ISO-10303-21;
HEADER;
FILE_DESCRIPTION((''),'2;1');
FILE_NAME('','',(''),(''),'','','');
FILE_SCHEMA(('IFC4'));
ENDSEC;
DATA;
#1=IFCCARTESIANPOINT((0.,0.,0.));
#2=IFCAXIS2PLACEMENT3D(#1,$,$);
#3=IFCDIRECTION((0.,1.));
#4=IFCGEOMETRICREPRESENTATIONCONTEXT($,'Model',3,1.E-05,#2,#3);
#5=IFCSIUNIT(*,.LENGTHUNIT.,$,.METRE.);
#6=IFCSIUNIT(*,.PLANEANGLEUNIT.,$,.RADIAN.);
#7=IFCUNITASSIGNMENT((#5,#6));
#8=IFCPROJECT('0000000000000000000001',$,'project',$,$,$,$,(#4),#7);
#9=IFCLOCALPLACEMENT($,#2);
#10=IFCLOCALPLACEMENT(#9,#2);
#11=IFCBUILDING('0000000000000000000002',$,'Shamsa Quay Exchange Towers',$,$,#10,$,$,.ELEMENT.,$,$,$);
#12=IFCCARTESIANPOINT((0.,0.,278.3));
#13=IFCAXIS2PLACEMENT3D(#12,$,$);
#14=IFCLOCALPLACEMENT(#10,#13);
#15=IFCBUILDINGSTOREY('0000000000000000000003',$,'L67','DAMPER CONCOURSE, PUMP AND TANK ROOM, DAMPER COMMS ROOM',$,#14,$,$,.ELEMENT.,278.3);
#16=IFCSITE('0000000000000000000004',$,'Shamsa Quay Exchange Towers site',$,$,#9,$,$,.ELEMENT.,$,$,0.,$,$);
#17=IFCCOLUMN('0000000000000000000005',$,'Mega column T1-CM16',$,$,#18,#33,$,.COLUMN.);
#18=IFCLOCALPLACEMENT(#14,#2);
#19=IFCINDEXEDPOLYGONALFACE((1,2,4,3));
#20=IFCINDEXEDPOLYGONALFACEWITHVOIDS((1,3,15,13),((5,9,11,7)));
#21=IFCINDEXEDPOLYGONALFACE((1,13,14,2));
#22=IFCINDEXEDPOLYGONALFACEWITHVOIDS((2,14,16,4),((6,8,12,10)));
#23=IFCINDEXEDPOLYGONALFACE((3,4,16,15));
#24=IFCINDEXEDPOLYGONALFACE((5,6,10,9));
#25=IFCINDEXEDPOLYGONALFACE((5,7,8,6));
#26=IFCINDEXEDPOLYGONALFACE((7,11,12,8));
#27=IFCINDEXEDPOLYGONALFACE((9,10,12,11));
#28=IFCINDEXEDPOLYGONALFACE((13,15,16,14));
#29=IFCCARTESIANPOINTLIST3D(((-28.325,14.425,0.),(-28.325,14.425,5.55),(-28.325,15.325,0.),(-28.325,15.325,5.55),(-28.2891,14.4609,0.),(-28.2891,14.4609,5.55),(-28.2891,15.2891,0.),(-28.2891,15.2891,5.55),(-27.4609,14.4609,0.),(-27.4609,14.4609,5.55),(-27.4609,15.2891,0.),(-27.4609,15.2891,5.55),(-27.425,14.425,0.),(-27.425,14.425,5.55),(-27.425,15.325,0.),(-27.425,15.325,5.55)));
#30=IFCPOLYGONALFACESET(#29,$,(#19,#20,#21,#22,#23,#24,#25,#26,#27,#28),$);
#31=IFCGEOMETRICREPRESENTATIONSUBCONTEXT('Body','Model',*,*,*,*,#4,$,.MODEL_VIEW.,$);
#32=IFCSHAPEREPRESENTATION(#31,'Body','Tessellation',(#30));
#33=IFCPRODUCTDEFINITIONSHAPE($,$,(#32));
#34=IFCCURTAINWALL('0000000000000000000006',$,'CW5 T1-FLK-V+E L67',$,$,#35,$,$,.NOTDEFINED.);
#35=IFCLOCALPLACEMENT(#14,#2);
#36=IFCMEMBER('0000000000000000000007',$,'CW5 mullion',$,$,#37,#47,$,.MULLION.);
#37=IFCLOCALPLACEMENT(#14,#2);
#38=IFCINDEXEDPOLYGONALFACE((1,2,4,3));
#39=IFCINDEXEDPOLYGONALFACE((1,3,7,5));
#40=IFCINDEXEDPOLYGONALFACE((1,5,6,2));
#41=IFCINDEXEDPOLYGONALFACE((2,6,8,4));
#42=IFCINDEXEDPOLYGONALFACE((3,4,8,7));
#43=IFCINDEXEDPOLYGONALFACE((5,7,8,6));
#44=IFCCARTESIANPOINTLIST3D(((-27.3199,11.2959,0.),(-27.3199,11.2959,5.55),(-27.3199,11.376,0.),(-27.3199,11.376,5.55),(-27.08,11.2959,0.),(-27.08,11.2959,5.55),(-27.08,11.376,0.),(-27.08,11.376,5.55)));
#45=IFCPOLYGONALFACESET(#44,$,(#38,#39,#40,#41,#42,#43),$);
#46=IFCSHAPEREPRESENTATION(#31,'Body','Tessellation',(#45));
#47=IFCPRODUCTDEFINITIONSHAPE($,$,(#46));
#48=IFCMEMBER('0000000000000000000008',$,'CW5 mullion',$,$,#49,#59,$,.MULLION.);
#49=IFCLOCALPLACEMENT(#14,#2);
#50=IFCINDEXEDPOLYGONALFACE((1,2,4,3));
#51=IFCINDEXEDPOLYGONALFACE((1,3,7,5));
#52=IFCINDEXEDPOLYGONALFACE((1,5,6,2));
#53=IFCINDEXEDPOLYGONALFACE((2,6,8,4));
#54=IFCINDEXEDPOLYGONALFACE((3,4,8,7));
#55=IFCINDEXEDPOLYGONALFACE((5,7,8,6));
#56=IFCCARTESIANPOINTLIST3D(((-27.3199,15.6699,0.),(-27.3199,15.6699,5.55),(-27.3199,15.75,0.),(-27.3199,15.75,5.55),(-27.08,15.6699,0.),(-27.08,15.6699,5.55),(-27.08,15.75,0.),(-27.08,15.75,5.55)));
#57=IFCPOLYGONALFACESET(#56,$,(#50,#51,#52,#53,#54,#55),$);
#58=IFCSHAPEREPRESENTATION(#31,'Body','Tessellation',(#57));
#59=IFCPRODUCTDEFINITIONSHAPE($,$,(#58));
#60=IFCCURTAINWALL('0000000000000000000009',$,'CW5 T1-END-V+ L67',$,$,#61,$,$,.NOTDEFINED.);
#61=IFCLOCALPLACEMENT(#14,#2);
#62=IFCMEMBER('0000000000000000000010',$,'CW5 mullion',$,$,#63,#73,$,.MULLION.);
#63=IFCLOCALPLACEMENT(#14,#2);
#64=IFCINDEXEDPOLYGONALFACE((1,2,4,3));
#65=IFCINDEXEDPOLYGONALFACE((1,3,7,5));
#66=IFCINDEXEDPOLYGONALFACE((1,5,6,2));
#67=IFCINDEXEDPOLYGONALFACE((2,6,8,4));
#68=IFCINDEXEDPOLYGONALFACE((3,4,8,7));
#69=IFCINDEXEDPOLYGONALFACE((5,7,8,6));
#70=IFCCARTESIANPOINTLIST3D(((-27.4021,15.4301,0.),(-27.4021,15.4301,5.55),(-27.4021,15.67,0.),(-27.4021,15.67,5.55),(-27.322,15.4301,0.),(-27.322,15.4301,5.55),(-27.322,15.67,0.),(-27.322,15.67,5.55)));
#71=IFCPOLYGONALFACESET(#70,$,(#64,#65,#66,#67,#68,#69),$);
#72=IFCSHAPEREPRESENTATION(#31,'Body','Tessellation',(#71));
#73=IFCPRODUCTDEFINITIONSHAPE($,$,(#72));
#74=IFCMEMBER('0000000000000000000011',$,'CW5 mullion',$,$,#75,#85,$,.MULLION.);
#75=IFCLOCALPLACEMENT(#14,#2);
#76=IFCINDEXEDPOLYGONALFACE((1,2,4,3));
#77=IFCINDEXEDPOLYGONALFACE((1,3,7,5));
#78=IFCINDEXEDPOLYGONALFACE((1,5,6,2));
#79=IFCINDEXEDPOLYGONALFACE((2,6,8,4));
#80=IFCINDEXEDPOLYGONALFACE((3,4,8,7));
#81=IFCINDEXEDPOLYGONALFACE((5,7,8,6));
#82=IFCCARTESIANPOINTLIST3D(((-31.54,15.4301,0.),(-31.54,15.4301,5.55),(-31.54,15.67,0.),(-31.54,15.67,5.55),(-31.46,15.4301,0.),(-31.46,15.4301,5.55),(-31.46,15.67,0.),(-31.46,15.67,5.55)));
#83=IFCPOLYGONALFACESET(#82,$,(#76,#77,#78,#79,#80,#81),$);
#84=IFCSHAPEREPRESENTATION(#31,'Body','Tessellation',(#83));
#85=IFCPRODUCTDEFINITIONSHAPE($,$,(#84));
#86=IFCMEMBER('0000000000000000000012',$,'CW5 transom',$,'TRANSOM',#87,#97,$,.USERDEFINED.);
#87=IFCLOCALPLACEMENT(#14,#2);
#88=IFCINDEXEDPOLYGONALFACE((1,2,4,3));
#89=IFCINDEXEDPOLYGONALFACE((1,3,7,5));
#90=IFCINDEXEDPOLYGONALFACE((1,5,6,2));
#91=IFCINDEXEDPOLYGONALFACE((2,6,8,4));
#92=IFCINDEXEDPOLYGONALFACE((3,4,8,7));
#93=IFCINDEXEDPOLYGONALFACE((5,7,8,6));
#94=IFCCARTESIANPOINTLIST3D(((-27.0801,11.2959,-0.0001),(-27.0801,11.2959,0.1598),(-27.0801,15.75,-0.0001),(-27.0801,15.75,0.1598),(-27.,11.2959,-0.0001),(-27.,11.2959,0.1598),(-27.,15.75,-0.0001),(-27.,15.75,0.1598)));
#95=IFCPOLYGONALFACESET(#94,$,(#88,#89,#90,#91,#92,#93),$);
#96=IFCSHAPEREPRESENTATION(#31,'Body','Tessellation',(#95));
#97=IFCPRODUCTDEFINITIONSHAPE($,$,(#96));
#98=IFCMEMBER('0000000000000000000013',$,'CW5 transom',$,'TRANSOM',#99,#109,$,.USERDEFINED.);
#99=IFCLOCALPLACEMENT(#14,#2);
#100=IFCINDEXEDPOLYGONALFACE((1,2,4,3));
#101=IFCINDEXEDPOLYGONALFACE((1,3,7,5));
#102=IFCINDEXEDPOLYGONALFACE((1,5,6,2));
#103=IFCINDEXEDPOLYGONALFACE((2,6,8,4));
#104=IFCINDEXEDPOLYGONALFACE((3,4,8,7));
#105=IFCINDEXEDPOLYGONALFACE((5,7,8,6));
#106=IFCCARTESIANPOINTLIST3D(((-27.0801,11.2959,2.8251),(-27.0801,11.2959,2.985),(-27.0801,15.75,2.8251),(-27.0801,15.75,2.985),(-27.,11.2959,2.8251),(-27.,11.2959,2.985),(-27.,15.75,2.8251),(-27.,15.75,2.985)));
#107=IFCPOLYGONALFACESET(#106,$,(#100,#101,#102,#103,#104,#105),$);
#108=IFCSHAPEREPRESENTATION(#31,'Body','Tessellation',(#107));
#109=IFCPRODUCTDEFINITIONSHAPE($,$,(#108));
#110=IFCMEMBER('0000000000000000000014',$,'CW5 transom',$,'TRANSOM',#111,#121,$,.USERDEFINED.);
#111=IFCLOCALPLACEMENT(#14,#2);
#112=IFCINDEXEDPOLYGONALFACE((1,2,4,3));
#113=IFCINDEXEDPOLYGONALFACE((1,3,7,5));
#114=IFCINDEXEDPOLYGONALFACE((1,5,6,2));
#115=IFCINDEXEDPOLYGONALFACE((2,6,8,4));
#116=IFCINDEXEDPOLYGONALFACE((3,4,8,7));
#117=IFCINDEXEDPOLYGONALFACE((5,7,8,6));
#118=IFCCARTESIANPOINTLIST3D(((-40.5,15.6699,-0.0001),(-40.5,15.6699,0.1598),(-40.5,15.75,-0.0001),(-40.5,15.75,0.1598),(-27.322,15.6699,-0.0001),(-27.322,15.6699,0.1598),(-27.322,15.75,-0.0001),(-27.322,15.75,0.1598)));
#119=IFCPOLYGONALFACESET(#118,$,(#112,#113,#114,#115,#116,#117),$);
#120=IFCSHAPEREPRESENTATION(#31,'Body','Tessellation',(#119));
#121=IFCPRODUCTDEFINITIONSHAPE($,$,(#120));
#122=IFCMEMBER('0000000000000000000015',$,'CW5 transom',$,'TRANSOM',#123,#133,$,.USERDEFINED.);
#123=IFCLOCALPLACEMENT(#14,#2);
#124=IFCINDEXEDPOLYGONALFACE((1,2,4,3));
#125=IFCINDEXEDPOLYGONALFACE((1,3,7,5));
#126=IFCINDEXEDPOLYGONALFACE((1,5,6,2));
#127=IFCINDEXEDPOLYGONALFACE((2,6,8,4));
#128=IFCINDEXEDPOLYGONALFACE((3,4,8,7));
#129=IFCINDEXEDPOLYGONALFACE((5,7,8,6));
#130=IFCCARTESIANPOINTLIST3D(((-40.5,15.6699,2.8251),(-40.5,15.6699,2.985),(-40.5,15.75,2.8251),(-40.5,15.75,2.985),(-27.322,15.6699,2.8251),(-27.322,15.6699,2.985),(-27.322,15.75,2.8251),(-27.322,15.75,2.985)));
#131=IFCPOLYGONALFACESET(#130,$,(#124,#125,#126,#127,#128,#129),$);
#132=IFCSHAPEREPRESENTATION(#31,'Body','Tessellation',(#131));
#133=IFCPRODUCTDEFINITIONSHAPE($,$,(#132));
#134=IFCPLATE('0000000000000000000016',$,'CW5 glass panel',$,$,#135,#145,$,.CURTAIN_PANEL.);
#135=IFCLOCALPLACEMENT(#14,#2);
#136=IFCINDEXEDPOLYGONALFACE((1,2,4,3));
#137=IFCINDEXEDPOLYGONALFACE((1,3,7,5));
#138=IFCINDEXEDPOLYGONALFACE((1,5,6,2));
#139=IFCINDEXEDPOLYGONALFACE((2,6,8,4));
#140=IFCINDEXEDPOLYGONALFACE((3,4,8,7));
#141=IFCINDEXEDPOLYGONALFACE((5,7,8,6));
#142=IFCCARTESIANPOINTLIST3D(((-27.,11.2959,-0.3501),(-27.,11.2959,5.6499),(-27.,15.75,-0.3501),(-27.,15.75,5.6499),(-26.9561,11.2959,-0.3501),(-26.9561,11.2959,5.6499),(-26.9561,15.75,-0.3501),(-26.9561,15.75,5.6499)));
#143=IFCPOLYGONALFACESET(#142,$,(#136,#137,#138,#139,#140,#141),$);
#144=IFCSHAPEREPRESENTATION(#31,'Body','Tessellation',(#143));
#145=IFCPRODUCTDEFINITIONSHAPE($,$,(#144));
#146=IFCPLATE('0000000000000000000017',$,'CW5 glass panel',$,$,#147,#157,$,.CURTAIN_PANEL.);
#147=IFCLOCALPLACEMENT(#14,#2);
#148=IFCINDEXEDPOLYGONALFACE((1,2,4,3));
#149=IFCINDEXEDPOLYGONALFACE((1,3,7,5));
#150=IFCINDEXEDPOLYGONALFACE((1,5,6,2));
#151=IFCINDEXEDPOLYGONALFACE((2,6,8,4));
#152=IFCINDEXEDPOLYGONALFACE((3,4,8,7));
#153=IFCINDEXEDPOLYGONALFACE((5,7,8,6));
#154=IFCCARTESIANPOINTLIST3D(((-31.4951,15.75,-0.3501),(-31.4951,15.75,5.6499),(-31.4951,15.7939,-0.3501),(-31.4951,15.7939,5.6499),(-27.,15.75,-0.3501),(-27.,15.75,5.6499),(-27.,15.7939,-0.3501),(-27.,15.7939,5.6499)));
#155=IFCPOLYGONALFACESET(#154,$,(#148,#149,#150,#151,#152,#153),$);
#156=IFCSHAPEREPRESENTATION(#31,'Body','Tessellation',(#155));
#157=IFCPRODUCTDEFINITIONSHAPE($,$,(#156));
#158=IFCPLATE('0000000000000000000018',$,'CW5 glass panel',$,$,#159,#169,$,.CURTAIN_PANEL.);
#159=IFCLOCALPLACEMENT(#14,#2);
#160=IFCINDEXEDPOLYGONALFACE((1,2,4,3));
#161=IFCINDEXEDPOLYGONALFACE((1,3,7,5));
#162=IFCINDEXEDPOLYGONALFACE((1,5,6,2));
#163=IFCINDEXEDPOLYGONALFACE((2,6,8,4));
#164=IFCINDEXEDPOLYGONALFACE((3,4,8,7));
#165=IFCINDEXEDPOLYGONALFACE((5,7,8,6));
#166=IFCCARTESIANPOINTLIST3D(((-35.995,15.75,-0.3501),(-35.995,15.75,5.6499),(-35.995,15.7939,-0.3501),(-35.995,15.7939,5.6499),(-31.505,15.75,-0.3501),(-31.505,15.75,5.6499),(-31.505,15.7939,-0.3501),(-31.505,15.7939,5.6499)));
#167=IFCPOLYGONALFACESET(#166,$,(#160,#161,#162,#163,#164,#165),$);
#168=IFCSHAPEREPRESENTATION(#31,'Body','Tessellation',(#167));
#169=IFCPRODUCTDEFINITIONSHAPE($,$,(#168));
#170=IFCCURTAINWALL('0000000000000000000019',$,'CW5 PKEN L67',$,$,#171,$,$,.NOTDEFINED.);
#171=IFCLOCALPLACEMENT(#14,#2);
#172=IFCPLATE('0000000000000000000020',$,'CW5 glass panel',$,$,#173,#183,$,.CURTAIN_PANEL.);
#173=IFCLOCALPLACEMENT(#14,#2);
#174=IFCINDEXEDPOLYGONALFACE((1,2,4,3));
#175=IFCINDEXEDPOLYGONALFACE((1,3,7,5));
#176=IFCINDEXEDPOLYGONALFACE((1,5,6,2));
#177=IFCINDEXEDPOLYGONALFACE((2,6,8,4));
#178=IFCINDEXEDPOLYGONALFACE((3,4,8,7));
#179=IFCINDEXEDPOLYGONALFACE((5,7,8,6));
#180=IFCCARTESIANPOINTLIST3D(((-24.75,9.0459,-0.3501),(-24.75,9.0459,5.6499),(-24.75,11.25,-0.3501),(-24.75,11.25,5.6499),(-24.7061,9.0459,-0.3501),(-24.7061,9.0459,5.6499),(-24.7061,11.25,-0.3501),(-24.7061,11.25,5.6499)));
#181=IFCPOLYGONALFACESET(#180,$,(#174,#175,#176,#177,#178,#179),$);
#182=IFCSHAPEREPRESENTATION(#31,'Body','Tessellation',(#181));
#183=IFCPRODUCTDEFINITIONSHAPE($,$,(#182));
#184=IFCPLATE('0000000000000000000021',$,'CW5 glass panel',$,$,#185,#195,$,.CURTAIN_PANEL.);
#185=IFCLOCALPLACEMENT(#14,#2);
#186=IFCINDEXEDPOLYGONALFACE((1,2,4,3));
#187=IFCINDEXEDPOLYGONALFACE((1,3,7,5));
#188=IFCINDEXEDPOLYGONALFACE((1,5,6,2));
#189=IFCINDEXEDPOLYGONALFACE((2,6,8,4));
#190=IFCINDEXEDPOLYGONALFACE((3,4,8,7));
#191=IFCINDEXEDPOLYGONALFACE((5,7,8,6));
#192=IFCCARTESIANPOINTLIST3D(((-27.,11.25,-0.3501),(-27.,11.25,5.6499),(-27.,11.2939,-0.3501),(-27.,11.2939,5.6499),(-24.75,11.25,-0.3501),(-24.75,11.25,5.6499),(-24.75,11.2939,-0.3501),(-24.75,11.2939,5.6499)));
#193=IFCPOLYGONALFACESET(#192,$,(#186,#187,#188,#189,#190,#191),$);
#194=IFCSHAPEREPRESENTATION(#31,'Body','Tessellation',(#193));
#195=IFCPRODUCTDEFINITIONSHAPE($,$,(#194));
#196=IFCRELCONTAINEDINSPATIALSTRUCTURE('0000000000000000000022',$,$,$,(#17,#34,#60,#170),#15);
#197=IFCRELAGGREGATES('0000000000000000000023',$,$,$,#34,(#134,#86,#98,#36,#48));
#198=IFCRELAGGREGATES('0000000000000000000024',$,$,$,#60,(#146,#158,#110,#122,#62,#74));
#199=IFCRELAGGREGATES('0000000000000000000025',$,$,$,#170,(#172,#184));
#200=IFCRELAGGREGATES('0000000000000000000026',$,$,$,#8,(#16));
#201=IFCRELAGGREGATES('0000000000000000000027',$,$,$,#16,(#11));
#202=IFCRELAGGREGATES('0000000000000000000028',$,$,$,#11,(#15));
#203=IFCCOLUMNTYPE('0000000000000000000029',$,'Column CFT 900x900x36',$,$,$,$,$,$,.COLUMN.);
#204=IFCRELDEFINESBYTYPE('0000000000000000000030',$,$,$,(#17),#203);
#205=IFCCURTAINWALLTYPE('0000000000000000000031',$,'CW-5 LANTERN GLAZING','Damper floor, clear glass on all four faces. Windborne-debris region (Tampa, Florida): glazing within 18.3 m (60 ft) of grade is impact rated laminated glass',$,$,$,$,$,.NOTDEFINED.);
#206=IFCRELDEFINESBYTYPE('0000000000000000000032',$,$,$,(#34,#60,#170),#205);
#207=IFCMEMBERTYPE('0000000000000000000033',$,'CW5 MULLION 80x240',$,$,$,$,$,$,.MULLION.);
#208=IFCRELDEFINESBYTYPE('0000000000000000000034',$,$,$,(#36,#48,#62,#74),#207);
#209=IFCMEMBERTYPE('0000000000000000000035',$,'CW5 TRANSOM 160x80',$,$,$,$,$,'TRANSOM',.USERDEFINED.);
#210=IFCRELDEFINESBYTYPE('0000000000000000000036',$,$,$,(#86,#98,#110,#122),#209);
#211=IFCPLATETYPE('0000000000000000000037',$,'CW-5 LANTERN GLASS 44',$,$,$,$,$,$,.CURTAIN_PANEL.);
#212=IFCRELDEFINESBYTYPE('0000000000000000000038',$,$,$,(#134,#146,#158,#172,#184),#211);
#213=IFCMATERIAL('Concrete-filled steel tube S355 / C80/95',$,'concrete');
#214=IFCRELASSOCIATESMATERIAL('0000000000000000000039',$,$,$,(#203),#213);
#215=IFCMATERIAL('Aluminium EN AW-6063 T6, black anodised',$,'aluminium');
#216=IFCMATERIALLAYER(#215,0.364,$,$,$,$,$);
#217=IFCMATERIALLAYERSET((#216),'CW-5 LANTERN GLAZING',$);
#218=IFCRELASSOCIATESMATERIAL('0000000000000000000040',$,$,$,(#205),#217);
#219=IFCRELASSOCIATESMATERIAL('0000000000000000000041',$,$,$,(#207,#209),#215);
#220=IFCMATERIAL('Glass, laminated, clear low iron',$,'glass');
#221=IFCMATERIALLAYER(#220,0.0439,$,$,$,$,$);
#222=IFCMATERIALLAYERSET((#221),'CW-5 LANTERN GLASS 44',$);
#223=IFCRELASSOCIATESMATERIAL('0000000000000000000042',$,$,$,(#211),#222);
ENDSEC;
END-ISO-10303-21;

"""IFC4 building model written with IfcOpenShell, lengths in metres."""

from ifc_helpers import new_model, si_unit, direction, frame, origin, origin_2d, place, context, subcontext, project, spatial, rectangle, hollow_rectangle, extrude, material, layer, layer_set, material_profile, profile_set, type_object, element, aggregate, save


model = new_model("IFC4")

# Units and contexts
model_context = context("Model", 3, precision=1e-05, world=origin(), true_north=direction((0.0, 1.0)))
body_context = subcontext(model_context, "Body", "Model", "MODEL_VIEW")
ifc_project = project(units=[si_unit("LENGTHUNIT", "METRE"), si_unit("PLANEANGLEUNIT", "RADIAN")], contexts=[model_context])

# Site, building, storey
site_placement = place(None, origin())
site = spatial("IfcSite", under=ifc_project, at=site_placement, Name="Shamsa Quay Exchange Towers site", CompositionType="ELEMENT", RefElevation=0.0)
building_placement = place(site_placement, origin())
building = spatial("IfcBuilding", under=site, at=building_placement, Name="Shamsa Quay Exchange Towers", CompositionType="ELEMENT")
storey_placement = place(building_placement, frame((0.0, 0.0, 278.3)))
storey = spatial("IfcBuildingStorey", under=building, at=storey_placement, Name="L67", Description="DAMPER CONCOURSE, PUMP AND TANK ROOM, DAMPER COMMS ROOM", CompositionType="ELEMENT", Elevation=278.3)

# Column
ifc_material_1 = material(Name="Concrete-filled steel tube S355 / C80/95", Category="concrete")
ifc_material_profile_1 = material_profile(ifc_material_1, hollow_rectangle(XDim=0.8999, YDim=0.8999, WallThickness=0.0359, at=origin_2d()), Name="CFT 900x900x36")
ifc_profile_set_1 = profile_set([ifc_material_profile_1], Name="Concrete-filled steel tube S355 / C80/95")
column_type = type_object("IfcColumnType", Name="Column CFT 900x900x36", PredefinedType="COLUMN", material=ifc_profile_set_1)
column_placement = place(storey_placement, frame((-27.875, 14.875, 0.0)))
element("IfcColumn", 1, at=column_placement, inside=storey, type_object=column_type, Name="Mega column T1-CM16", PredefinedType="COLUMN", context=body_context, shape_type="SweptSolid", body=[
    extrude(hollow_rectangle(XDim=0.8999, YDim=0.8999, WallThickness=0.0359, at=origin_2d()), origin(), (0.0, 0.0, 1.0), 5.55),
])

# Curtain walls, members
ifc_material_2 = material(Name="Aluminium EN AW-6063 T6, black anodised", Category="aluminium")
ifc_layer_1 = layer(ifc_material_2, 0.364)
ifc_layer_set_1 = layer_set([ifc_layer_1], Name="CW-5 LANTERN GLAZING")
curtain_wall_type = type_object("IfcCurtainWallType", Name="CW-5 LANTERN GLAZING", Description="Damper floor, clear glass on all four faces. Windborne-debris region (Tampa, Florida): glazing within 18.3 m (60 ft) of grade is impact rated laminated glass", PredefinedType="NOTDEFINED", material=ifc_layer_set_1)
curtain_wall_1_placement = place(storey_placement, origin())
curtain_wall_1 = element("IfcCurtainWall", 2, at=curtain_wall_1_placement, inside=storey, type_object=curtain_wall_type, Name="CW5 T1-FLK-V+E L67", PredefinedType="NOTDEFINED")
ifc_material_profile_2 = material_profile(ifc_material_2, rectangle(XDim=0.24, YDim=0.0801, at=origin_2d()), Name="MU80x240")
ifc_profile_set_2 = profile_set([ifc_material_profile_2], Name="Aluminium EN AW-6063 T6, black anodised")
member_type_1 = type_object("IfcMemberType", Name="CW5 MULLION 80x240", PredefinedType="MULLION", material=ifc_profile_set_2)
member_1_placement = place(storey_placement, frame((-27.2, 11.3359, 0.0), z_axis=(0.0, 0.0, 1.0), x_axis=(-1.0, 0.0, 0.0)))
member_1 = element("IfcMember", 3, at=member_1_placement, type_object=member_type_1, Name="CW5 mullion", PredefinedType="MULLION", context=body_context, shape_type="SweptSolid", body=[
    extrude(rectangle(XDim=0.24, YDim=0.0801, at=origin_2d()), origin(), (0.0, 0.0, 1.0), 5.55),
])
member_2_placement = place(storey_placement, frame((-27.2, 15.71, 0.0), z_axis=(0.0, 0.0, 1.0), x_axis=(-1.0, 0.0, 0.0)))
member_2 = element("IfcMember", 4, at=member_2_placement, type_object=member_type_1, Name="CW5 mullion", PredefinedType="MULLION", context=body_context, shape_type="SweptSolid", body=[
    extrude(rectangle(XDim=0.24, YDim=0.0801, at=origin_2d()), origin(), (0.0, 0.0, 1.0), 5.55),
])
curtain_wall_2_placement = place(storey_placement, origin())
curtain_wall_2 = element("IfcCurtainWall", 5, at=curtain_wall_2_placement, inside=storey, type_object=curtain_wall_type, Name="CW5 T1-END-V+ L67", PredefinedType="NOTDEFINED")
member_3_placement = place(storey_placement, frame((-27.3621, 15.55, 0.0), z_axis=(0.0, 0.0, 1.0), x_axis=(0.0, -1.0, 0.0)))
member_3 = element("IfcMember", 6, at=member_3_placement, type_object=member_type_1, Name="CW5 mullion", PredefinedType="MULLION", context=body_context, shape_type="SweptSolid", body=[
    extrude(rectangle(XDim=0.24, YDim=0.0801, at=origin_2d()), origin(), (0.0, 0.0, 1.0), 5.55),
])
member_4_placement = place(storey_placement, frame((-31.5, 15.55, 0.0), z_axis=(0.0, 0.0, 1.0), x_axis=(0.0, -1.0, 0.0)))
member_4 = element("IfcMember", 7, at=member_4_placement, type_object=member_type_1, Name="CW5 mullion", PredefinedType="MULLION", context=body_context, shape_type="SweptSolid", body=[
    extrude(rectangle(XDim=0.24, YDim=0.0801, at=origin_2d()), origin(), (0.0, 0.0, 1.0), 5.55),
])

# Members
ifc_material_profile_3 = material_profile(ifc_material_2, rectangle(XDim=0.0801, YDim=0.1599, at=origin_2d()), Name="TR160x80")
ifc_profile_set_3 = profile_set([ifc_material_profile_3], Name="Aluminium EN AW-6063 T6, black anodised")
member_type_2 = type_object("IfcMemberType", Name="CW5 TRANSOM 160x80", ElementType="TRANSOM", PredefinedType="USERDEFINED", material=ifc_profile_set_3)
member_5_placement = place(storey_placement, frame((-27.04, 11.2959, 0.0798), z_axis=(0.0, 1.0, 0.0), x_axis=(-1.0, 0.0, 0.0)))
member_5 = element("IfcMember", 8, at=member_5_placement, type_object=member_type_2, Name="CW5 transom", ObjectType="TRANSOM", PredefinedType="USERDEFINED", context=body_context, shape_type="SweptSolid", body=[
    extrude(rectangle(XDim=0.0801, YDim=0.1599, at=origin_2d()), origin(), (0.0, 0.0, 1.0), 4.4541),
])
member_6_placement = place(storey_placement, frame((-27.04, 11.2959, 2.905), z_axis=(0.0, 1.0, 0.0), x_axis=(-1.0, 0.0, 0.0)))
member_6 = element("IfcMember", 9, at=member_6_placement, type_object=member_type_2, Name="CW5 transom", ObjectType="TRANSOM", PredefinedType="USERDEFINED", context=body_context, shape_type="SweptSolid", body=[
    extrude(rectangle(XDim=0.0801, YDim=0.1599, at=origin_2d()), origin(), (0.0, 0.0, 1.0), 4.4541),
])
member_7_placement = place(storey_placement, frame((-27.322, 15.71, 0.0798), z_axis=(-1.0, 0.0, 0.0), x_axis=(0.0, -1.0, 0.0)))
member_7 = element("IfcMember", 10, at=member_7_placement, type_object=member_type_2, Name="CW5 transom", ObjectType="TRANSOM", PredefinedType="USERDEFINED", context=body_context, shape_type="SweptSolid", body=[
    extrude(rectangle(XDim=0.0801, YDim=0.1599, at=origin_2d()), origin(), (0.0, 0.0, 1.0), 13.178),
])
member_8_placement = place(storey_placement, frame((-27.322, 15.71, 2.905), z_axis=(-1.0, 0.0, 0.0), x_axis=(0.0, -1.0, 0.0)))
member_8 = element("IfcMember", 11, at=member_8_placement, type_object=member_type_2, Name="CW5 transom", ObjectType="TRANSOM", PredefinedType="USERDEFINED", context=body_context, shape_type="SweptSolid", body=[
    extrude(rectangle(XDim=0.0801, YDim=0.1599, at=origin_2d()), origin(), (0.0, 0.0, 1.0), 13.178),
])

# Plates
ifc_material_3 = material(Name="Glass, laminated, clear low iron", Category="glass")
ifc_layer_2 = layer(ifc_material_3, 0.0439)
ifc_layer_set_2 = layer_set([ifc_layer_2], Name="CW-5 LANTERN GLASS 44")
plate_type = type_object("IfcPlateType", Name="CW-5 LANTERN GLASS 44", PredefinedType="CURTAIN_PANEL", material=ifc_layer_set_2)
plate_1_placement = place(storey_placement, frame((-26.978, 13.5229, -0.3501), z_axis=(0.0, 0.0, 1.0), x_axis=(0.0, 1.0, 0.0)))
plate_1 = element("IfcPlate", 12, at=plate_1_placement, type_object=plate_type, Name="CW5 glass panel", PredefinedType="CURTAIN_PANEL", context=body_context, shape_type="SweptSolid", body=[
    extrude(rectangle(XDim=4.4541, YDim=0.0439, at=origin_2d()), origin(), (0.0, 0.0, 1.0), 6.0),
])
aggregate(curtain_wall_1, [plate_1, member_5, member_6, member_1, member_2])
plate_2_placement = place(storey_placement, frame((-29.2476, 15.772, -0.3501), z_axis=(0.0, 0.0, 1.0), x_axis=(-1.0, 0.0, 0.0)))
plate_2 = element("IfcPlate", 13, at=plate_2_placement, type_object=plate_type, Name="CW5 glass panel", PredefinedType="CURTAIN_PANEL", context=body_context, shape_type="SweptSolid", body=[
    extrude(rectangle(XDim=4.4951, YDim=0.0439, at=origin_2d()), origin(), (0.0, 0.0, 1.0), 6.0),
])
plate_3_placement = place(storey_placement, frame((-33.75, 15.772, -0.3501), z_axis=(0.0, 0.0, 1.0), x_axis=(-1.0, 0.0, 0.0)))
plate_3 = element("IfcPlate", 14, at=plate_3_placement, type_object=plate_type, Name="CW5 glass panel", PredefinedType="CURTAIN_PANEL", context=body_context, shape_type="SweptSolid", body=[
    extrude(rectangle(XDim=4.49, YDim=0.0439, at=origin_2d()), origin(), (0.0, 0.0, 1.0), 6.0),
])
aggregate(curtain_wall_2, [plate_2, plate_3, member_7, member_8, member_3, member_4])

# Curtain wall, plates
curtain_wall_3_placement = place(storey_placement, origin())
curtain_wall_3 = element("IfcCurtainWall", 15, at=curtain_wall_3_placement, inside=storey, type_object=curtain_wall_type, Name="CW5 PKEN L67", PredefinedType="NOTDEFINED")
plate_4_placement = place(storey_placement, frame((-24.728, 10.1479, -0.3501), z_axis=(0.0, 0.0, 1.0), x_axis=(0.0, 1.0, 0.0)))
plate_4 = element("IfcPlate", 16, at=plate_4_placement, type_object=plate_type, Name="CW5 glass panel", PredefinedType="CURTAIN_PANEL", context=body_context, shape_type="SweptSolid", body=[
    extrude(rectangle(XDim=2.2041, YDim=0.0439, at=origin_2d()), origin(), (0.0, 0.0, 1.0), 6.0),
])
plate_5_placement = place(storey_placement, frame((-25.875, 11.272, -0.3501), z_axis=(0.0, 0.0, 1.0), x_axis=(-1.0, 0.0, 0.0)))
plate_5 = element("IfcPlate", 17, at=plate_5_placement, type_object=plate_type, Name="CW5 glass panel", PredefinedType="CURTAIN_PANEL", context=body_context, shape_type="SweptSolid", body=[
    extrude(rectangle(XDim=2.25, YDim=0.0439, at=origin_2d()), origin(), (0.0, 0.0, 1.0), 6.0),
])
aggregate(curtain_wall_3, [plate_4, plate_5])

save(model, "model.ifc")
